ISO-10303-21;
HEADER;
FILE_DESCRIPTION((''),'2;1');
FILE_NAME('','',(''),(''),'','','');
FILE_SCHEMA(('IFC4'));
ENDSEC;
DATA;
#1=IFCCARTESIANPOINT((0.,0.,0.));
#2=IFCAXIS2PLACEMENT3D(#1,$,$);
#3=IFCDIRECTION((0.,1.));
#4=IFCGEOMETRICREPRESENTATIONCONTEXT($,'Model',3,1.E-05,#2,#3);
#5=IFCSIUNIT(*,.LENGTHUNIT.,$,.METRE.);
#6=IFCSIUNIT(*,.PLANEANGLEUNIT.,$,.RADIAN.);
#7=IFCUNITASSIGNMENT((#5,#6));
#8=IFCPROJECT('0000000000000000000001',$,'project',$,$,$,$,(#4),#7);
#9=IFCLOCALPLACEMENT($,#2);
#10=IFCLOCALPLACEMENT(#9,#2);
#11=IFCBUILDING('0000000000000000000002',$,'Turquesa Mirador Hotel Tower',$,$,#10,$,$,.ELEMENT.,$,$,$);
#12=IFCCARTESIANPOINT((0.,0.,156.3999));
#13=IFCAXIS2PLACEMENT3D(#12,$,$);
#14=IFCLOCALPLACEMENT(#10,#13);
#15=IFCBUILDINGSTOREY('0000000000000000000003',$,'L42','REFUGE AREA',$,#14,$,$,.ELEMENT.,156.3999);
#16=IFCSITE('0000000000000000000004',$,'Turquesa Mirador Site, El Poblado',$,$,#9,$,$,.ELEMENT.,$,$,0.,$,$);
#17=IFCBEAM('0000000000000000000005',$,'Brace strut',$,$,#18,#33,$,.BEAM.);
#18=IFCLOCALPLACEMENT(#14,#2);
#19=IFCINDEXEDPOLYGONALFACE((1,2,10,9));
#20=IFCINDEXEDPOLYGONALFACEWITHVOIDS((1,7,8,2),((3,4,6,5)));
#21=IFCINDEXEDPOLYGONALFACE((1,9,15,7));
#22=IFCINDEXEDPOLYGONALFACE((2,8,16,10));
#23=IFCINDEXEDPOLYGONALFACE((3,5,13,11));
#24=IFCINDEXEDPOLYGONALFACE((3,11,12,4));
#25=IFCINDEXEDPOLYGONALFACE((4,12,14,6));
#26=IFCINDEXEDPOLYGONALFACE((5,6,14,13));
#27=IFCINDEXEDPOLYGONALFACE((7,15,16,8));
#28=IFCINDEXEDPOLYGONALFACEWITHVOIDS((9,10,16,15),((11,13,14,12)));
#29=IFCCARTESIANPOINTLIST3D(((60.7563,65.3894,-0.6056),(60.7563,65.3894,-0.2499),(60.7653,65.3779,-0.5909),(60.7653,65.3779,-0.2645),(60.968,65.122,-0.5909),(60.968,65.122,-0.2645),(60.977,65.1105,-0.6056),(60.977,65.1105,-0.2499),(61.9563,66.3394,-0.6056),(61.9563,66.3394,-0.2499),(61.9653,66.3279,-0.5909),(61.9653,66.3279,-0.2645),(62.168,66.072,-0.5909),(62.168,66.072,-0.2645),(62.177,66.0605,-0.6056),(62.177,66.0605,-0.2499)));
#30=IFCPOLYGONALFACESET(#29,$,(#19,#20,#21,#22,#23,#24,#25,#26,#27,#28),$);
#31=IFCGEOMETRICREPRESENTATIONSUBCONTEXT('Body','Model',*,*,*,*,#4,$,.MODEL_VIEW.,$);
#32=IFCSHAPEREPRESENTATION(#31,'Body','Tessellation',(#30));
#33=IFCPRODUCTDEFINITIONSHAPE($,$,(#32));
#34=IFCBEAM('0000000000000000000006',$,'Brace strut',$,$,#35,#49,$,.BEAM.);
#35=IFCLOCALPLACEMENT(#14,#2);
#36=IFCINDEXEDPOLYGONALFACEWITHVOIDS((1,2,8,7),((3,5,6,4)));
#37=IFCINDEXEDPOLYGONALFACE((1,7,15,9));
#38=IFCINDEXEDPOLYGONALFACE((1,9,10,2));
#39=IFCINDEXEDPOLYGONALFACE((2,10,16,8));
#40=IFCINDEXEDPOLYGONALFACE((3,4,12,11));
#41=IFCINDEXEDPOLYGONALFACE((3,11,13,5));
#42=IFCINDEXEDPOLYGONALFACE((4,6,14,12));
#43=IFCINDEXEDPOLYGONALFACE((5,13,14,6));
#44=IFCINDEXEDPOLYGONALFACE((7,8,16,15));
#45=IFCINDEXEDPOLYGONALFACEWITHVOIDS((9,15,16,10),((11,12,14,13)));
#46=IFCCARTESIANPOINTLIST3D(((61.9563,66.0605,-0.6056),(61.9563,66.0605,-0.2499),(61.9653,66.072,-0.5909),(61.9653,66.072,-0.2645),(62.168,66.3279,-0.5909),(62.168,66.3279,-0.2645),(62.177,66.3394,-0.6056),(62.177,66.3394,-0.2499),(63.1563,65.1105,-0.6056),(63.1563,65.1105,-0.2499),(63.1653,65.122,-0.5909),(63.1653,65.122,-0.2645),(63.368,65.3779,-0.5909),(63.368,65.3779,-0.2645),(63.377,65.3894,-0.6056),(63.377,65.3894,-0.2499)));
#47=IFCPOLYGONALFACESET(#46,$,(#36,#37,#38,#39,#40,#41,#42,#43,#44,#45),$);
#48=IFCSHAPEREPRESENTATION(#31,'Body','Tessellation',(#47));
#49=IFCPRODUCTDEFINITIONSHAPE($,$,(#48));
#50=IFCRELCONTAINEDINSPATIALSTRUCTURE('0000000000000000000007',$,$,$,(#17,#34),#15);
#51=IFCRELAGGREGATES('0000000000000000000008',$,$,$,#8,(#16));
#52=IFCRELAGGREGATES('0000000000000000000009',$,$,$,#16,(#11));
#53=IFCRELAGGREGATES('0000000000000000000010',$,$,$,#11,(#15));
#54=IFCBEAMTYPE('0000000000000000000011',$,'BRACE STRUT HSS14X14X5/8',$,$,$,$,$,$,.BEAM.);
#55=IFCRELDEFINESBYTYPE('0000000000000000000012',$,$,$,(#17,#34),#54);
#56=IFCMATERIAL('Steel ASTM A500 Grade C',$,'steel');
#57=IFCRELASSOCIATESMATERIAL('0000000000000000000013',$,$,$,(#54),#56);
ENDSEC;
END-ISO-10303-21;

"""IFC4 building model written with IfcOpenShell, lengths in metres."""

from ifc_helpers import new_model, si_unit, direction, frame, origin, origin_2d, place, context, subcontext, project, spatial, hollow_rectangle, extrude, material, material_profile, profile_set, type_object, element, save


model = new_model("IFC4")

# Units and contexts
model_context = context("Model", 3, precision=1e-05, world=origin(), true_north=direction((0.0, 1.0)))
body_context = subcontext(model_context, "Body", "Model", "MODEL_VIEW")
ifc_project = project(units=[si_unit("LENGTHUNIT", "METRE"), si_unit("PLANEANGLEUNIT", "RADIAN")], contexts=[model_context])

# Site, building, storey
site_placement = place(None, origin())
site = spatial("IfcSite", under=ifc_project, at=site_placement, Name="Turquesa Mirador Site, El Poblado", CompositionType="ELEMENT", RefElevation=0.0)
building_placement = place(site_placement, origin())
building = spatial("IfcBuilding", under=site, at=building_placement, Name="Turquesa Mirador Hotel Tower", CompositionType="ELEMENT")
storey_placement = place(building_placement, frame((0.0, 0.0, 156.3999)))
storey = spatial("IfcBuildingStorey", under=building, at=storey_placement, Name="L42", Description="REFUGE AREA", CompositionType="ELEMENT", Elevation=156.3999)

# Beams
ifc_material_1 = material(Name="Steel ASTM A500 Grade C", Category="steel")
ifc_material_profile_1 = material_profile(ifc_material_1, hollow_rectangle(XDim=0.3557, YDim=0.3557, WallThickness=0.0146, at=origin_2d()), Name="HSS14X14X5/8")
ifc_profile_set_1 = profile_set([ifc_material_profile_1], Name="Steel ASTM A500 Grade C")
beam_type_1 = type_object("IfcBeamType", Name="BRACE STRUT HSS14X14X5/8", PredefinedType="BEAM", material=ifc_profile_set_1)
for number, where, z_axis, x_axis, name in (
    (1, (62.0667, 66.2, -0.4277), (-0.784049, -0.620699, 0.0), (0.620699, -0.784049, 0.0), "Brace strut"),
    (2, (62.0667, 66.2, -0.4277), (0.784049, -0.620699, 0.0), (0.620699, 0.784049, 0.0), "Brace strut"),
):
    element("IfcBeam", number, at=place(storey_placement, frame(where, z_axis=z_axis, x_axis=x_axis)), inside=storey, type_object=beam_type_1, Name=name, PredefinedType="BEAM", context=body_context, shape_type="SweptSolid", body=[
        extrude(hollow_rectangle(XDim=0.3557, YDim=0.3557, WallThickness=0.0146, at=origin_2d()), origin(), (0.0, 0.0, 1.0), 1.5305),
    ])

save(model, "model.ifc")
